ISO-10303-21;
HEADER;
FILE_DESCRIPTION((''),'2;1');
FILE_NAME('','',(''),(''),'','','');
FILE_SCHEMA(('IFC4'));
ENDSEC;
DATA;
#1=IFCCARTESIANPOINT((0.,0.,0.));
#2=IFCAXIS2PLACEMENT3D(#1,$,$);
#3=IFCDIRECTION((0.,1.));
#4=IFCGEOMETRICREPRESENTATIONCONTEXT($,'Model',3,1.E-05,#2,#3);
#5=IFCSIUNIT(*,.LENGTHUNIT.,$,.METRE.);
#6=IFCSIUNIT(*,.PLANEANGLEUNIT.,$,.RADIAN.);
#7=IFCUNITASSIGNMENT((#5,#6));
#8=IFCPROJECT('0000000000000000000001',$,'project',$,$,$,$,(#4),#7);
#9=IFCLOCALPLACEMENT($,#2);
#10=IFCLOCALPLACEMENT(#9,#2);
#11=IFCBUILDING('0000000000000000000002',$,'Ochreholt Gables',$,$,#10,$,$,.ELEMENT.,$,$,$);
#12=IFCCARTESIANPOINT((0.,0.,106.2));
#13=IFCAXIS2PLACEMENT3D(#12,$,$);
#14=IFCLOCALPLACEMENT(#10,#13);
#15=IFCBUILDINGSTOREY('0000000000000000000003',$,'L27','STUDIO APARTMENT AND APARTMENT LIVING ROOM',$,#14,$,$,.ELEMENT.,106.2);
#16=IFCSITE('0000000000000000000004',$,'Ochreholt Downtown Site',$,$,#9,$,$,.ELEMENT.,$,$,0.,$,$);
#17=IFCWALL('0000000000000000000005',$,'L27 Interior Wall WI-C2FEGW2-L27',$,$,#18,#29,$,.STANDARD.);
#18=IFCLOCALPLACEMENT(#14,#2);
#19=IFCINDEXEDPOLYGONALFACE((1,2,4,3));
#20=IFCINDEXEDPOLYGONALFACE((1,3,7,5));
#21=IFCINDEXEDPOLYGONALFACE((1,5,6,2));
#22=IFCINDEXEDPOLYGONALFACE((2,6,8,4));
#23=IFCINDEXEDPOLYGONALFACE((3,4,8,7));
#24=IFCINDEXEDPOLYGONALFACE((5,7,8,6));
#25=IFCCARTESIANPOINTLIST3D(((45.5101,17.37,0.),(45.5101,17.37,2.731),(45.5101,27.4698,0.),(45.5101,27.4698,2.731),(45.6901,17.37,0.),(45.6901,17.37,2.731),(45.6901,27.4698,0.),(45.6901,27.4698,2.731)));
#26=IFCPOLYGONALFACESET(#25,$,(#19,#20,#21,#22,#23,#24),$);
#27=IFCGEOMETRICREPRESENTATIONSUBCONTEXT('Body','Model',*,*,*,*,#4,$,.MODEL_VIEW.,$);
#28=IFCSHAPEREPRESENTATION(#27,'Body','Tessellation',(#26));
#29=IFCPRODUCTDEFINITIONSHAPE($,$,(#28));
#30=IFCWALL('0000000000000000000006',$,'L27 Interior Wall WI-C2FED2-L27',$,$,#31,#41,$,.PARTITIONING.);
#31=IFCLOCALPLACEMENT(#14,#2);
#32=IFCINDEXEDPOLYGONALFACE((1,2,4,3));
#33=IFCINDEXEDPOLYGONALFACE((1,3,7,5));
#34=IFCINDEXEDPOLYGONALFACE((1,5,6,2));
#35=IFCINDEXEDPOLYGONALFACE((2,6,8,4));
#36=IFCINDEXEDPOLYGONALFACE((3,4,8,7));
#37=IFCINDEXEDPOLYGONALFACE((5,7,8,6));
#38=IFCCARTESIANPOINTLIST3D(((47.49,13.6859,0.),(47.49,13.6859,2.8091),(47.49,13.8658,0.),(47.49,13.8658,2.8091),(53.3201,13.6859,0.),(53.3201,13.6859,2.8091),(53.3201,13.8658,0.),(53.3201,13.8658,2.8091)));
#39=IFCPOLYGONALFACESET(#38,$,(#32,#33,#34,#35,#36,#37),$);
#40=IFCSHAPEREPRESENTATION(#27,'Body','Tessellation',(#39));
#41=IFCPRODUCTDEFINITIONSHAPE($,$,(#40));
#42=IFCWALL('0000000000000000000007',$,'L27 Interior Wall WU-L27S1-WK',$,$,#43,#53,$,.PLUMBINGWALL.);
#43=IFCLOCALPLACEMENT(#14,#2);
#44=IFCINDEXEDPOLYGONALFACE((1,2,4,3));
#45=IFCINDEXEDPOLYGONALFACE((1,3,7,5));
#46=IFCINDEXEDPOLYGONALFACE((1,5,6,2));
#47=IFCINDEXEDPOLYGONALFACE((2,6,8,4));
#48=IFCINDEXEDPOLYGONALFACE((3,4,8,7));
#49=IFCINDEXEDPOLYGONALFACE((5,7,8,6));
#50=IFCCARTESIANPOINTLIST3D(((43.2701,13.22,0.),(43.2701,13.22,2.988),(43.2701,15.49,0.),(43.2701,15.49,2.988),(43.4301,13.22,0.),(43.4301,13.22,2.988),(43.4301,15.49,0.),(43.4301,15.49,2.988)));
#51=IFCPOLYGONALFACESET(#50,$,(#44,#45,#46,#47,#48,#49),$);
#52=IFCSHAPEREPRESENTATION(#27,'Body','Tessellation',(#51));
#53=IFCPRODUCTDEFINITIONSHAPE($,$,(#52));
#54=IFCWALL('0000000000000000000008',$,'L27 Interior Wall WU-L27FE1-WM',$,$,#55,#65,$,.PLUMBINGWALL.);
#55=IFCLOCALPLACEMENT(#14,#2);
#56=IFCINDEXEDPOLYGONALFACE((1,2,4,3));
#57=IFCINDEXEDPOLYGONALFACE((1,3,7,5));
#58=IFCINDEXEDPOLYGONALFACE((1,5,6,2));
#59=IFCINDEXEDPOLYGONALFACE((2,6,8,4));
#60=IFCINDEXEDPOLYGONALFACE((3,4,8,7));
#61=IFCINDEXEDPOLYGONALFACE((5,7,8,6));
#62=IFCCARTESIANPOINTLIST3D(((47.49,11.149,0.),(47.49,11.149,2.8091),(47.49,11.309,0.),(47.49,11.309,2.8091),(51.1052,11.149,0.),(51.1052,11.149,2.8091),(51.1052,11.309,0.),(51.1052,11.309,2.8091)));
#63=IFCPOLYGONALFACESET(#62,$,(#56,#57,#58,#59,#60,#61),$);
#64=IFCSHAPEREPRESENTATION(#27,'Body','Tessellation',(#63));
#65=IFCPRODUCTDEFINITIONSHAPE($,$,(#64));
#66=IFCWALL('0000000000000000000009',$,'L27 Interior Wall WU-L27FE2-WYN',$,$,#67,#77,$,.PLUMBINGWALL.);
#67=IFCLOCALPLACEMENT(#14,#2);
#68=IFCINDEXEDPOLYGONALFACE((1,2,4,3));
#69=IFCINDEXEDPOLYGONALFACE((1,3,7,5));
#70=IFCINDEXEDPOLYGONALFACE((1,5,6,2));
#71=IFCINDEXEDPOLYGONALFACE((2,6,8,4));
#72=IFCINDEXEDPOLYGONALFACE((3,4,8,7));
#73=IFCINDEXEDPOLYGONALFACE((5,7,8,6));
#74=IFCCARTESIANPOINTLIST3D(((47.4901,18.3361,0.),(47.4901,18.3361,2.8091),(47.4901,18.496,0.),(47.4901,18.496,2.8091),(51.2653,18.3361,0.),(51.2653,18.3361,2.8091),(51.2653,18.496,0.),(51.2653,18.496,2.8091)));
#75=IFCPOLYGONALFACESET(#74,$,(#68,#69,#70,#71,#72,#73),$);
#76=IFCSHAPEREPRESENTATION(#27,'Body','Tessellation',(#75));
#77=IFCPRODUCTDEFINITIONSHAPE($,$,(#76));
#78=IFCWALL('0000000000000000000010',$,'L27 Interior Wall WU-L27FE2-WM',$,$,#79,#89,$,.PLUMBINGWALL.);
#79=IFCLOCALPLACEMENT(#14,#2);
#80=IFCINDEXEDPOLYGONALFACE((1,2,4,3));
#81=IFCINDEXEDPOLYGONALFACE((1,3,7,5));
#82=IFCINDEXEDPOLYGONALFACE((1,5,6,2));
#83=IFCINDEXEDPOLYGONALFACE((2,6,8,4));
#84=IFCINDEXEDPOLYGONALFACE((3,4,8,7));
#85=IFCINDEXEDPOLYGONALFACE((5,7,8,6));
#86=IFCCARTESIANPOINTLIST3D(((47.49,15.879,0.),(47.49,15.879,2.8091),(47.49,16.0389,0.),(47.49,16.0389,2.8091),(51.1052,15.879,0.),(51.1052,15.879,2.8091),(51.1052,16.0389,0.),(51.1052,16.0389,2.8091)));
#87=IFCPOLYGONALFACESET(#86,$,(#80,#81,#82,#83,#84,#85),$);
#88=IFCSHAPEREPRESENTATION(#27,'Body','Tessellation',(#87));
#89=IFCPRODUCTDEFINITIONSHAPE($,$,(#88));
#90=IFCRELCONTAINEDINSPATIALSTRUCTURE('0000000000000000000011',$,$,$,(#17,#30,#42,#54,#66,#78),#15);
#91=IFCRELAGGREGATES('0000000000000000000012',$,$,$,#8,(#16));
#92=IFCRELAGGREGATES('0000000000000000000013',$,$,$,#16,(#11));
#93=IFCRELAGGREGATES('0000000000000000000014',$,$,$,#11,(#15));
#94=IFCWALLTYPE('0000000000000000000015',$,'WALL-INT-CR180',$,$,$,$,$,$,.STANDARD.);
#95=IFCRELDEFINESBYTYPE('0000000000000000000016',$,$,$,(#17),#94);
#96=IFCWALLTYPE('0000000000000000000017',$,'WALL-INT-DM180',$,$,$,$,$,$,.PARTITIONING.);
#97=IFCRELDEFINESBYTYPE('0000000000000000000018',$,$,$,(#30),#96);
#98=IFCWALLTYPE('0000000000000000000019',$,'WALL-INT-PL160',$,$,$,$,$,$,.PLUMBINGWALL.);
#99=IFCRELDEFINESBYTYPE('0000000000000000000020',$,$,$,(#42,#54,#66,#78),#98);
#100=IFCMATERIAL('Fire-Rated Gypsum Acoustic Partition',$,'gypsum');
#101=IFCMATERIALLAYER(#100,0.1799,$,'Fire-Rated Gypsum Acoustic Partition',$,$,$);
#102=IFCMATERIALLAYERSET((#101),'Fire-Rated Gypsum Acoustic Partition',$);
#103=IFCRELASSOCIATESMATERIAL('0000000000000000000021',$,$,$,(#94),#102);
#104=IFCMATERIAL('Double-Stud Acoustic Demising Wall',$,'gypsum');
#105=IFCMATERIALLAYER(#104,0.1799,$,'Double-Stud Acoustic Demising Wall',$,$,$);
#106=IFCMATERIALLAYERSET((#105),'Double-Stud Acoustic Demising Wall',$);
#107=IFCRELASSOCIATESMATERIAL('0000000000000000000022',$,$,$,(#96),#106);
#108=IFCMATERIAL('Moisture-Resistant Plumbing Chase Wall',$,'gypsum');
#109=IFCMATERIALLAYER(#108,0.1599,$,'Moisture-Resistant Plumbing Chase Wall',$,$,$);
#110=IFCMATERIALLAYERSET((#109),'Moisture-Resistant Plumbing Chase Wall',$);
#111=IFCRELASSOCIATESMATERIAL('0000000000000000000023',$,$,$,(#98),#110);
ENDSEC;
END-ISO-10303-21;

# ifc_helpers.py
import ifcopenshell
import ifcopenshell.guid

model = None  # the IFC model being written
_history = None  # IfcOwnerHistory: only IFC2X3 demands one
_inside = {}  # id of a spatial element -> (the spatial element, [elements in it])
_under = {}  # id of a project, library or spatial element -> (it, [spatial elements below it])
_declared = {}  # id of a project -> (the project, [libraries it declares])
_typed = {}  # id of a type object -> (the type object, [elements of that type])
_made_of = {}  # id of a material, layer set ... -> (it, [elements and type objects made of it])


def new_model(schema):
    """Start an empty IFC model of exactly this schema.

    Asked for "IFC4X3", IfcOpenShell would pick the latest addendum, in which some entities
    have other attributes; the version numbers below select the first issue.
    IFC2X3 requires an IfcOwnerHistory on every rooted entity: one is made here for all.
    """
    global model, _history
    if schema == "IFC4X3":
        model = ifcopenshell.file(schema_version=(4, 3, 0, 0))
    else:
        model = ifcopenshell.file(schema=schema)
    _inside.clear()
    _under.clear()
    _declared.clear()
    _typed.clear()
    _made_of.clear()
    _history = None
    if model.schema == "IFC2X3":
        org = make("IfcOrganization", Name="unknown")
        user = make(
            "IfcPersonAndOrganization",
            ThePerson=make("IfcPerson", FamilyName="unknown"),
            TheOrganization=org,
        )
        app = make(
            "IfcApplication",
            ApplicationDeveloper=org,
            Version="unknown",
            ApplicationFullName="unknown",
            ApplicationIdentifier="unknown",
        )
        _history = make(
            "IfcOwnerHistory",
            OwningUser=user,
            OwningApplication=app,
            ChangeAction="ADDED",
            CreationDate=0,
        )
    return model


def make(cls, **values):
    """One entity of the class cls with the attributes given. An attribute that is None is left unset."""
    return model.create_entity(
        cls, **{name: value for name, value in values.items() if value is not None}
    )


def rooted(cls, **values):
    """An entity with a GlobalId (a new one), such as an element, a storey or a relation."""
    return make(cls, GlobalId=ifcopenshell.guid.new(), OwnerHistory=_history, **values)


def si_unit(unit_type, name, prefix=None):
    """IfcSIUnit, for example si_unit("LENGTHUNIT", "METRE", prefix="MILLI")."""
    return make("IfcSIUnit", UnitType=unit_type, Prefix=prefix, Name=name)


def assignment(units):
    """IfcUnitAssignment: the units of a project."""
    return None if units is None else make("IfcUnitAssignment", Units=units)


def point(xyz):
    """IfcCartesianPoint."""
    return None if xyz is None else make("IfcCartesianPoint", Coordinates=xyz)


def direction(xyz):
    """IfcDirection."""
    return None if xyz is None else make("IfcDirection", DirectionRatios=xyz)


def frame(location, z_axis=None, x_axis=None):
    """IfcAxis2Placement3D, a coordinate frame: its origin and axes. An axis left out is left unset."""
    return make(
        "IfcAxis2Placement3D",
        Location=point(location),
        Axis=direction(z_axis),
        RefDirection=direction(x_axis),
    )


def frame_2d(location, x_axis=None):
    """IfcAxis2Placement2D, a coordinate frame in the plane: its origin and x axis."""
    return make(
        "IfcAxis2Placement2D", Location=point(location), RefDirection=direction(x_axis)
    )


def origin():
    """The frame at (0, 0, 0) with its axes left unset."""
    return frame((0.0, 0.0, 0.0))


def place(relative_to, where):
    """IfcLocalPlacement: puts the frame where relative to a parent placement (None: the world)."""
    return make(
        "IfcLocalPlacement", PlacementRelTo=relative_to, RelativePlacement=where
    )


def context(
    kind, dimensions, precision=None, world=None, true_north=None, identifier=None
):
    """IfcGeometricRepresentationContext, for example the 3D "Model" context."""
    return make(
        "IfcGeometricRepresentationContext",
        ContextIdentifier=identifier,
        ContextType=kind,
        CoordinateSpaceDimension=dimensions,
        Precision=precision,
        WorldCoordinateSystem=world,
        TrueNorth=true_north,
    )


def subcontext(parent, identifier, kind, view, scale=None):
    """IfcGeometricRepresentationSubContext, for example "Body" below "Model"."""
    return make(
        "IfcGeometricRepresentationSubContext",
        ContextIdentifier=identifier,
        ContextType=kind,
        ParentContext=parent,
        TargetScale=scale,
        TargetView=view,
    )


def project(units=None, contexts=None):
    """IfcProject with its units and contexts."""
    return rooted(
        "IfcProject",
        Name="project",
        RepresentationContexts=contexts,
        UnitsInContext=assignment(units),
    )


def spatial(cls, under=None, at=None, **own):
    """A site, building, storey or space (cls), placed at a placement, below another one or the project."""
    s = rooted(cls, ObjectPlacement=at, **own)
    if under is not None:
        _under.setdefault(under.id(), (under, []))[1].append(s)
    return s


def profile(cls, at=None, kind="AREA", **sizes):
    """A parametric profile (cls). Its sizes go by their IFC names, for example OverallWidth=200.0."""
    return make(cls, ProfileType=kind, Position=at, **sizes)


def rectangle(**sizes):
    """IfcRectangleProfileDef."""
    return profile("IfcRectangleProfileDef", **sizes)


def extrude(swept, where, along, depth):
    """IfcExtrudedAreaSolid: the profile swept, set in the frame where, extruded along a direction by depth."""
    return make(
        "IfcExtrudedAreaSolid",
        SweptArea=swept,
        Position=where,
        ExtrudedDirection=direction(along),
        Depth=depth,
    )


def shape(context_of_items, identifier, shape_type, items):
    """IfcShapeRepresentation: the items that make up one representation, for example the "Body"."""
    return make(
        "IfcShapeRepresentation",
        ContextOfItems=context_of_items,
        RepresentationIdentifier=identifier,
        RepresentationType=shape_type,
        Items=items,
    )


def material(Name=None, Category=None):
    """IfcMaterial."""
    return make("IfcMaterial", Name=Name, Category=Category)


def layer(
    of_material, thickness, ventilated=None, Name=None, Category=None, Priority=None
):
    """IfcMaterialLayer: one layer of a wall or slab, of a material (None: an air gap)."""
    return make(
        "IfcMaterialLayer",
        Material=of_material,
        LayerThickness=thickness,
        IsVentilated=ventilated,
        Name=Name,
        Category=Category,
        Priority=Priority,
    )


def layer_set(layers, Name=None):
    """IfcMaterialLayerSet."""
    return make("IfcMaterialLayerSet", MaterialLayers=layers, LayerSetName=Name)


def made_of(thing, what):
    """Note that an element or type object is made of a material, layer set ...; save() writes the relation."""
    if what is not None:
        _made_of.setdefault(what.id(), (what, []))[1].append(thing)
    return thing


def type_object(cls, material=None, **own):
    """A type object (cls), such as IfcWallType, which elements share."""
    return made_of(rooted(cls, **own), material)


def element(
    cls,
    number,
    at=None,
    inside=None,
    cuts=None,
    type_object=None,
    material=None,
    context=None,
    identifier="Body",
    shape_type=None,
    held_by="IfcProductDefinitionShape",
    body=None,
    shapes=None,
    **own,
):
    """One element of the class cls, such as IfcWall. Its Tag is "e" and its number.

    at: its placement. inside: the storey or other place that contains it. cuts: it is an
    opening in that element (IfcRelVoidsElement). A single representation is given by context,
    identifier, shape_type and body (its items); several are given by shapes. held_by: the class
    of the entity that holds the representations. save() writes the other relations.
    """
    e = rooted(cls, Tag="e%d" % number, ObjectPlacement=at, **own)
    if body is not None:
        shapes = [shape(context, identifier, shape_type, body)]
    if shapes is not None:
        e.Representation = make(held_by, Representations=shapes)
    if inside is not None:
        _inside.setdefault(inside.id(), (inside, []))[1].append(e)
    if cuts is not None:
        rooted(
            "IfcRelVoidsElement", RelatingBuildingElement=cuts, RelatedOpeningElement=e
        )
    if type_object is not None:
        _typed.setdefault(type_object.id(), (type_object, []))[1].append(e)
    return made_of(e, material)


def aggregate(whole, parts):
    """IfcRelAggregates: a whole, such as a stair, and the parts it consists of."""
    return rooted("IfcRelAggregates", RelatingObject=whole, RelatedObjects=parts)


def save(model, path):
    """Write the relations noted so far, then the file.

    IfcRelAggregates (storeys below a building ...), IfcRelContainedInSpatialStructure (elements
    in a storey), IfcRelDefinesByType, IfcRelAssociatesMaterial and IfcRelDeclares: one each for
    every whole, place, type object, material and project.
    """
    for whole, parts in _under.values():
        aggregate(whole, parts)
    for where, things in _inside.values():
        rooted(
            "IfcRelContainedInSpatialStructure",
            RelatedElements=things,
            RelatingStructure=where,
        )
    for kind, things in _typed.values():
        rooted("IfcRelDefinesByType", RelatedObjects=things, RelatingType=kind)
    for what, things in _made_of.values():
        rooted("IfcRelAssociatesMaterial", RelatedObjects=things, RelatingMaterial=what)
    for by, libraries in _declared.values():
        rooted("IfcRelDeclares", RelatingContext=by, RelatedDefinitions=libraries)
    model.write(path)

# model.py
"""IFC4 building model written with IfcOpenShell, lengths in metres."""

from ifc_helpers import new_model, si_unit, direction, frame, frame_2d, origin, place, context, subcontext, project, spatial, rectangle, extrude, material, layer, layer_set, type_object, element, save


model = new_model("IFC4")

# Units and contexts
model_context = context("Model", 3, precision=1e-05, world=origin(), true_north=direction((0.0, 1.0)))
body_context = subcontext(model_context, "Body", "Model", "MODEL_VIEW")
ifc_project = project(units=[si_unit("LENGTHUNIT", "METRE"), si_unit("PLANEANGLEUNIT", "RADIAN")], contexts=[model_context])

# Site, building, storey
site_placement = place(None, origin())
site = spatial("IfcSite", under=ifc_project, at=site_placement, Name="Ochreholt Downtown Site", CompositionType="ELEMENT", RefElevation=0.0)
building_placement = place(site_placement, origin())
building = spatial("IfcBuilding", under=site, at=building_placement, Name="Ochreholt Gables", CompositionType="ELEMENT")
storey_placement = place(building_placement, frame((0.0, 0.0, 106.2)))
storey = spatial("IfcBuildingStorey", under=building, at=storey_placement, Name="L27", Description="STUDIO APARTMENT AND APARTMENT LIVING ROOM", CompositionType="ELEMENT", Elevation=106.2)

# Walls
ifc_material_1 = material(Name="Fire-Rated Gypsum Acoustic Partition", Category="gypsum")
ifc_layer_1 = layer(ifc_material_1, 0.1799, Name="Fire-Rated Gypsum Acoustic Partition")
ifc_layer_set_1 = layer_set([ifc_layer_1], Name="Fire-Rated Gypsum Acoustic Partition")
wall_type_1 = type_object("IfcWallType", Name="WALL-INT-CR180", PredefinedType="STANDARD", material=ifc_layer_set_1)
wall_1_placement = place(storey_placement, frame((45.6001, 17.3701, 0.0), z_axis=(0.0, 0.0, 1.0), x_axis=(0.0, 1.0, 0.0)))
element("IfcWall", 1, at=wall_1_placement, inside=storey, type_object=wall_type_1, Name="L27 Interior Wall WI-C2FEGW2-L27", PredefinedType="STANDARD", context=body_context, shape_type="SweptSolid", body=[
    extrude(rectangle(XDim=10.0999, YDim=0.1799, at=frame_2d((5.0498, 0.0))), origin(), (0.0, 0.0, 1.0), 2.731),
])
ifc_material_2 = material(Name="Double-Stud Acoustic Demising Wall", Category="gypsum")
ifc_layer_2 = layer(ifc_material_2, 0.1799, Name="Double-Stud Acoustic Demising Wall")
ifc_layer_set_2 = layer_set([ifc_layer_2], Name="Double-Stud Acoustic Demising Wall")
wall_type_2 = type_object("IfcWallType", Name="WALL-INT-DM180", PredefinedType="PARTITIONING", material=ifc_layer_set_2)
wall_2_placement = place(storey_placement, frame((47.49, 13.7759, 0.0), z_axis=(0.0, 0.0, 1.0), x_axis=(1.0, 0.0, 0.0)))
element("IfcWall", 2, at=wall_2_placement, inside=storey, type_object=wall_type_2, Name="L27 Interior Wall WI-C2FED2-L27", PredefinedType="PARTITIONING", context=body_context, shape_type="SweptSolid", body=[
    extrude(rectangle(XDim=5.8301, YDim=0.1799, at=frame_2d((2.915, 0.0))), origin(), (0.0, 0.0, 1.0), 2.8091),
])
ifc_material_3 = material(Name="Moisture-Resistant Plumbing Chase Wall", Category="gypsum")
ifc_layer_3 = layer(ifc_material_3, 0.1599, Name="Moisture-Resistant Plumbing Chase Wall")
ifc_layer_set_3 = layer_set([ifc_layer_3], Name="Moisture-Resistant Plumbing Chase Wall")
wall_type_3 = type_object("IfcWallType", Name="WALL-INT-PL160", PredefinedType="PLUMBINGWALL", material=ifc_layer_set_3)
wall_3_placement = place(storey_placement, frame((43.3501, 13.22, 0.0), z_axis=(0.0, 0.0, 1.0), x_axis=(0.0, 1.0, 0.0)))
element("IfcWall", 3, at=wall_3_placement, inside=storey, type_object=wall_type_3, Name="L27 Interior Wall WU-L27S1-WK", PredefinedType="PLUMBINGWALL", context=body_context, shape_type="SweptSolid", body=[
    extrude(rectangle(XDim=2.27, YDim=0.1599, at=frame_2d((1.135, 0.0))), origin(), (0.0, 0.0, 1.0), 2.988),
])
wall_4_placement = place(storey_placement, frame((47.49, 11.229, 0.0), z_axis=(0.0, 0.0, 1.0), x_axis=(1.0, 0.0, 0.0)))
element("IfcWall", 4, at=wall_4_placement, inside=storey, type_object=wall_type_3, Name="L27 Interior Wall WU-L27FE1-WM", PredefinedType="PLUMBINGWALL", context=body_context, shape_type="SweptSolid", body=[
    extrude(rectangle(XDim=3.6152, YDim=0.1599, at=frame_2d((1.8076, 0.0))), origin(), (0.0, 0.0, 1.0), 2.8091),
])
wall_5_placement = place(storey_placement, frame((47.49, 18.416, 0.0), z_axis=(0.0, 0.0, 1.0), x_axis=(1.0, 0.0, 0.0)))
element("IfcWall", 5, at=wall_5_placement, inside=storey, type_object=wall_type_3, Name="L27 Interior Wall WU-L27FE2-WYN", PredefinedType="PLUMBINGWALL", context=body_context, shape_type="SweptSolid", body=[
    extrude(rectangle(XDim=3.7751, YDim=0.1599, at=frame_2d((1.8877, 0.0))), origin(), (0.0, 0.0, 1.0), 2.8091),
])

# Wall
wall_6_placement = place(storey_placement, frame((47.49, 15.959, 0.0), z_axis=(0.0, 0.0, 1.0), x_axis=(1.0, 0.0, 0.0)))
element("IfcWall", 6, at=wall_6_placement, inside=storey, type_object=wall_type_3, Name="L27 Interior Wall WU-L27FE2-WM", PredefinedType="PLUMBINGWALL", context=body_context, shape_type="SweptSolid", body=[
    extrude(rectangle(XDim=3.6152, YDim=0.1599, at=frame_2d((1.8076, 0.0))), origin(), (0.0, 0.0, 1.0), 2.8091),
])

save(model, "model.ifc")
